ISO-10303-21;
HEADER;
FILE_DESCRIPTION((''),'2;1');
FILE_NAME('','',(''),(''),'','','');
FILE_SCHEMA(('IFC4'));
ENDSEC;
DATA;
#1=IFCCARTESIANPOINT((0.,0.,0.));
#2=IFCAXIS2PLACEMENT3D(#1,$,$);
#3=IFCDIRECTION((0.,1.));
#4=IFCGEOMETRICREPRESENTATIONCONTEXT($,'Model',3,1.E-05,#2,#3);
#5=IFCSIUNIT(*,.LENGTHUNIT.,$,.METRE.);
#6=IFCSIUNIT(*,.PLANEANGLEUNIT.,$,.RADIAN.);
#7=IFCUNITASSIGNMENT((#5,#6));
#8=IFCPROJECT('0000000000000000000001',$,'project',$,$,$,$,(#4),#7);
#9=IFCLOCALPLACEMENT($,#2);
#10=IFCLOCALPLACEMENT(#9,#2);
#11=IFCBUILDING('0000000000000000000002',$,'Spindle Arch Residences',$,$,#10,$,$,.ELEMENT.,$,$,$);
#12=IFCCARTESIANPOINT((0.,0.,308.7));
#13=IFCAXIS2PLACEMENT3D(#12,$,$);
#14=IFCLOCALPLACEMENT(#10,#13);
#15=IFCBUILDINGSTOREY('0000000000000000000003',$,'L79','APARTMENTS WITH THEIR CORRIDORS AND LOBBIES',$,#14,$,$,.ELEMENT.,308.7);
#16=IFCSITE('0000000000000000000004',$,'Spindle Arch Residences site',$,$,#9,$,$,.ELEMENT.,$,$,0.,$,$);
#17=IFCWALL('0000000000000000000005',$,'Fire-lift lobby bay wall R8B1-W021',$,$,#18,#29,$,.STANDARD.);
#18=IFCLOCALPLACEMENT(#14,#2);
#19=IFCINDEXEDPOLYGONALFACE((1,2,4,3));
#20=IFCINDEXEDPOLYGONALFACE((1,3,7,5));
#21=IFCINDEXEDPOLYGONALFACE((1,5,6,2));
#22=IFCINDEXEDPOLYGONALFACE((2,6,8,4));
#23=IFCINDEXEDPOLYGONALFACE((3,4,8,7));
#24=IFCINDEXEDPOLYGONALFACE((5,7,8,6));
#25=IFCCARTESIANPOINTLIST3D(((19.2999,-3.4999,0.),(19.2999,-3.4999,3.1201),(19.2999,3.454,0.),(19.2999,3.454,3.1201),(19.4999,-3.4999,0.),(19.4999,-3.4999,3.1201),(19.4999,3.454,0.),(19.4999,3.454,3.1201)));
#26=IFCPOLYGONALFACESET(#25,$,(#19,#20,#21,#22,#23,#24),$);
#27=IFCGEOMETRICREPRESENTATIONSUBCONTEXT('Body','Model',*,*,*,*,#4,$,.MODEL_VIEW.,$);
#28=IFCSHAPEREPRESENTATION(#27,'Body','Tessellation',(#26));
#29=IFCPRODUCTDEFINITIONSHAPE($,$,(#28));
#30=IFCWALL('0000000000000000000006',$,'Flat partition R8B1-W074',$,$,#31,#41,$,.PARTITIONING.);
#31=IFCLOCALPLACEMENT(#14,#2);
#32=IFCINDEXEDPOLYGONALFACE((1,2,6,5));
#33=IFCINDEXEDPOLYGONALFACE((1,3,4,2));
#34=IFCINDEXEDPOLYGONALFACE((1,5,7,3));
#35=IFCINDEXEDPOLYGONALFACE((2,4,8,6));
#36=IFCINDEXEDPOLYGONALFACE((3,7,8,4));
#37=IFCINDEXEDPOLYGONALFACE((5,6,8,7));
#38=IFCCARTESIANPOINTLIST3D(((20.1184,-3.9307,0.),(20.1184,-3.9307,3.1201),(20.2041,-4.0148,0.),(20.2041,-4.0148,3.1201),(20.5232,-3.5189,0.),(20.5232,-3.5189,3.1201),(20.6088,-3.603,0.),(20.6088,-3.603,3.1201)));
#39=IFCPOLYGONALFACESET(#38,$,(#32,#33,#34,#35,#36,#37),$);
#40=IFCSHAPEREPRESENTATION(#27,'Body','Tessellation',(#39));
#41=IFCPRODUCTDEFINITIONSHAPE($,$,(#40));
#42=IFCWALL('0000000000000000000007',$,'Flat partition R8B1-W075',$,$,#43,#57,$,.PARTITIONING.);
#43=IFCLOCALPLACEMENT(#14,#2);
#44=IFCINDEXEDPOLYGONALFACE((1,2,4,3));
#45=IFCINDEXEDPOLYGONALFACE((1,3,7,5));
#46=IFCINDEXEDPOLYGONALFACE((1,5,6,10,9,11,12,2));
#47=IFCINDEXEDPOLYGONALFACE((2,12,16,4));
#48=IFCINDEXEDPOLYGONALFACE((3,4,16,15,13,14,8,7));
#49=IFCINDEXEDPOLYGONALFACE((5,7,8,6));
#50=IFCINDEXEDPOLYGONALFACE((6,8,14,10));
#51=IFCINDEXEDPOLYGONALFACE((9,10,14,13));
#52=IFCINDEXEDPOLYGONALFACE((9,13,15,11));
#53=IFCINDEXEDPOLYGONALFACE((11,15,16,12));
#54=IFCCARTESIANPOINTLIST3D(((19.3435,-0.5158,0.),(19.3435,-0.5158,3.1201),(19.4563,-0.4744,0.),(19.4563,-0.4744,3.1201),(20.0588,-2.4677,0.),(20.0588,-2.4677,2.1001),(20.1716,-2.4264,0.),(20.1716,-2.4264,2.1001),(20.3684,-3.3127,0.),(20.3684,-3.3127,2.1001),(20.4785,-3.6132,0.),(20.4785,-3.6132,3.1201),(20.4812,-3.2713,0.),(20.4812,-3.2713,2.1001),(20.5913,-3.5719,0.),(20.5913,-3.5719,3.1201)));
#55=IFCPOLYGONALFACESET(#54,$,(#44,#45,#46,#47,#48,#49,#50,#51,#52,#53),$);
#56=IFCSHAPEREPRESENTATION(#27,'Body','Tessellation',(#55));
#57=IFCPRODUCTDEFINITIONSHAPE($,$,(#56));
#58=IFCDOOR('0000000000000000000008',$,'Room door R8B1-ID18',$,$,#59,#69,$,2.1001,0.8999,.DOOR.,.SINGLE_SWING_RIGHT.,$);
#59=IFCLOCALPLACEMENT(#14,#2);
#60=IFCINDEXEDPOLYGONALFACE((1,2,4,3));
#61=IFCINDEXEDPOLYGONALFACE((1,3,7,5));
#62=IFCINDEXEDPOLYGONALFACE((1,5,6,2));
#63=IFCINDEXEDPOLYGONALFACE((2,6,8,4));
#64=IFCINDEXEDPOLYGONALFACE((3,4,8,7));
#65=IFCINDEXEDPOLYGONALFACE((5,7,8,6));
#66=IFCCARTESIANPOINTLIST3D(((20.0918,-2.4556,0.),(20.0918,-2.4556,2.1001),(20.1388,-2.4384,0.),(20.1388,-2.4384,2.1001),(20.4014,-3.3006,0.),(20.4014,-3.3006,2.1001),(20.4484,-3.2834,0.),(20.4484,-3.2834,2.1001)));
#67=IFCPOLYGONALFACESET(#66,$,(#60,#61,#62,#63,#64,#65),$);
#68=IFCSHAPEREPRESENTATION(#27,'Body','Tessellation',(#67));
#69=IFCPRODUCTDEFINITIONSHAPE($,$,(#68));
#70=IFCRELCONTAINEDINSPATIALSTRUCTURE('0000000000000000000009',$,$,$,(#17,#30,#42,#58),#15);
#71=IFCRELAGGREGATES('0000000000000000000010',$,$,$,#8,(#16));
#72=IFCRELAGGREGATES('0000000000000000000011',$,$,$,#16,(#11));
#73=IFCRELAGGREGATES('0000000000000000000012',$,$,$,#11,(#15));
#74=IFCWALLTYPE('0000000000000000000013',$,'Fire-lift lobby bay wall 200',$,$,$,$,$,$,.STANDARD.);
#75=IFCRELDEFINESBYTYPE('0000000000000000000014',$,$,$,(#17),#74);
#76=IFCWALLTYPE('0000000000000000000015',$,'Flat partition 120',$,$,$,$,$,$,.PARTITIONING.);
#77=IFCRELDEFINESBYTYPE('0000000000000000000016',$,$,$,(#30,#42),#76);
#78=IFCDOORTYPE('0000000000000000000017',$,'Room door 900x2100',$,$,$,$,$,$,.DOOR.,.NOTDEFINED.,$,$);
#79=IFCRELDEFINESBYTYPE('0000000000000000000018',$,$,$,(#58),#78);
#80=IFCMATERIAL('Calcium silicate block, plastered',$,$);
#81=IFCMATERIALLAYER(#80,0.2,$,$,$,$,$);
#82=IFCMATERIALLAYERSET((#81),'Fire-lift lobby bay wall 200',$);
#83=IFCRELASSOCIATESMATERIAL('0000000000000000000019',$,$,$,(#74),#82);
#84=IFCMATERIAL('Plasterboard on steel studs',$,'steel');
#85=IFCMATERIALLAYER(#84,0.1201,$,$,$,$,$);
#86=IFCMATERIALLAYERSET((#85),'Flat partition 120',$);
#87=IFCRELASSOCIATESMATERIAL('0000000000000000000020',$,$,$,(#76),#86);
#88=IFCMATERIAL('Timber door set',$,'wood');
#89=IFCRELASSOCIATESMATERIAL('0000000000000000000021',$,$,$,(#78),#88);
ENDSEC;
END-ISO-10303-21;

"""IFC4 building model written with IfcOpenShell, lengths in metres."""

from ifc_helpers import new_model, si_unit, direction, frame, frame_2d, origin, place, context, subcontext, project, spatial, rectangle, extrude, material, layer, layer_set, type_object, element, fill, save


model = new_model("IFC4")

# Units and contexts
model_context = context("Model", 3, precision=1e-05, world=origin(), true_north=direction((0.0, 1.0)))
body_context = subcontext(model_context, "Body", "Model", "MODEL_VIEW")
ifc_project = project(units=[si_unit("LENGTHUNIT", "METRE"), si_unit("PLANEANGLEUNIT", "RADIAN")], contexts=[model_context])

# Site, building, storey
site_placement = place(None, origin())
site = spatial("IfcSite", under=ifc_project, at=site_placement, Name="Spindle Arch Residences site", CompositionType="ELEMENT", RefElevation=0.0)
building_placement = place(site_placement, origin())
building = spatial("IfcBuilding", under=site, at=building_placement, Name="Spindle Arch Residences", CompositionType="ELEMENT")
storey_placement = place(building_placement, frame((0.0, 0.0, 308.7)))
storey = spatial("IfcBuildingStorey", under=building, at=storey_placement, Name="L79", Description="APARTMENTS WITH THEIR CORRIDORS AND LOBBIES", CompositionType="ELEMENT", Elevation=308.7)

# Walls
ifc_material_1 = material(Name="Calcium silicate block, plastered")
ifc_layer_1 = layer(ifc_material_1, 0.2)
ifc_layer_set_1 = layer_set([ifc_layer_1], Name="Fire-lift lobby bay wall 200")
wall_type_1 = type_object("IfcWallType", Name="Fire-lift lobby bay wall 200", PredefinedType="STANDARD", material=ifc_layer_set_1)
wall_1_placement = place(storey_placement, frame((19.3999, -3.5, 0.0), z_axis=(0.0, 0.0, 1.0), x_axis=(0.0, 1.0, 0.0)))
element("IfcWall", 1, at=wall_1_placement, inside=storey, type_object=wall_type_1, Name="Fire-lift lobby bay wall R8B1-W021", PredefinedType="STANDARD", context=body_context, shape_type="SweptSolid", body=[
    extrude(rectangle(XDim=6.9539, YDim=0.2, at=frame_2d((3.4771, 0.0))), origin(), (0.0, 0.0, 1.0), 3.1201),
])
ifc_material_2 = material(Name="Plasterboard on steel studs", Category="steel")
ifc_layer_2 = layer(ifc_material_2, 0.1201)
ifc_layer_set_2 = layer_set([ifc_layer_2], Name="Flat partition 120")
wall_type_2 = type_object("IfcWallType", Name="Flat partition 120", PredefinedType="PARTITIONING", material=ifc_layer_set_2)
wall_2_placement = place(storey_placement, frame((20.5659, -3.561, 0.0), z_axis=(0.0, 0.0, 1.0), x_axis=(-0.70095, -0.71321, 0.0)))
element("IfcWall", 2, at=wall_2_placement, inside=storey, type_object=wall_type_2, Name="Flat partition R8B1-W074", PredefinedType="PARTITIONING", context=body_context, shape_type="SweptSolid", body=[
    extrude(rectangle(XDim=0.5774, YDim=0.1201, at=frame_2d((0.2886, 0.0))), origin(), (0.0, 0.0, 1.0), 3.1201),
])

# Wall, opening, door
wall_3_placement = place(storey_placement, frame((20.5349, -3.5925, 0.0), z_axis=(0.0, 0.0, 1.0), x_axis=(-0.344065, 0.938946, 0.0)))
wall_3 = element("IfcWall", 3, at=wall_3_placement, inside=storey, type_object=wall_type_2, Name="Flat partition R8B1-W075", PredefinedType="PARTITIONING", context=body_context, shape_type="SweptSolid", body=[
    extrude(rectangle(XDim=3.2988, YDim=0.1201, at=frame_2d((1.6494, 0.0))), origin(), (0.0, 0.0, 1.0), 3.1201),
])
opening_placement = place(wall_3_placement, frame((0.3201, 0.0, 0.0)))
opening = element("IfcOpeningElement", 4, at=opening_placement, cuts=wall_3, PredefinedType="OPENING", context=body_context, shape_type="SweptSolid", body=[
    extrude(rectangle(XDim=0.8999, YDim=2.1001, at=frame_2d((0.45, 1.05))), frame((0.0, 0.0701, 0.0), z_axis=(0.0, -1.0, 0.0), x_axis=(1.0, 0.0, 0.0)), (0.0, 0.0, 1.0), 0.1401),
])
ifc_material_3 = material(Name="Timber door set", Category="wood")
door_type = type_object("IfcDoorType", Name="Room door 900x2100", OperationType="NOTDEFINED", PredefinedType="DOOR", material=ifc_material_3)
door_placement = place(opening_placement, origin())
door = element("IfcDoor", 5, at=door_placement, inside=storey, type_object=door_type, Name="Room door R8B1-ID18", OperationType="SINGLE_SWING_RIGHT", OverallHeight=2.1001, OverallWidth=0.8999, PredefinedType="DOOR", context=body_context, shape_type="SweptSolid", body=[
    extrude(rectangle(XDim=0.8999, YDim=2.1001, at=frame_2d((0.45, 1.05))), frame((0.0, 0.0249, 0.0), z_axis=(0.0, -1.0, 0.0), x_axis=(1.0, 0.0, 0.0)), (0.0, 0.0, 1.0), 0.05),
])
fill(opening, door)

save(model, "model.ifc")
